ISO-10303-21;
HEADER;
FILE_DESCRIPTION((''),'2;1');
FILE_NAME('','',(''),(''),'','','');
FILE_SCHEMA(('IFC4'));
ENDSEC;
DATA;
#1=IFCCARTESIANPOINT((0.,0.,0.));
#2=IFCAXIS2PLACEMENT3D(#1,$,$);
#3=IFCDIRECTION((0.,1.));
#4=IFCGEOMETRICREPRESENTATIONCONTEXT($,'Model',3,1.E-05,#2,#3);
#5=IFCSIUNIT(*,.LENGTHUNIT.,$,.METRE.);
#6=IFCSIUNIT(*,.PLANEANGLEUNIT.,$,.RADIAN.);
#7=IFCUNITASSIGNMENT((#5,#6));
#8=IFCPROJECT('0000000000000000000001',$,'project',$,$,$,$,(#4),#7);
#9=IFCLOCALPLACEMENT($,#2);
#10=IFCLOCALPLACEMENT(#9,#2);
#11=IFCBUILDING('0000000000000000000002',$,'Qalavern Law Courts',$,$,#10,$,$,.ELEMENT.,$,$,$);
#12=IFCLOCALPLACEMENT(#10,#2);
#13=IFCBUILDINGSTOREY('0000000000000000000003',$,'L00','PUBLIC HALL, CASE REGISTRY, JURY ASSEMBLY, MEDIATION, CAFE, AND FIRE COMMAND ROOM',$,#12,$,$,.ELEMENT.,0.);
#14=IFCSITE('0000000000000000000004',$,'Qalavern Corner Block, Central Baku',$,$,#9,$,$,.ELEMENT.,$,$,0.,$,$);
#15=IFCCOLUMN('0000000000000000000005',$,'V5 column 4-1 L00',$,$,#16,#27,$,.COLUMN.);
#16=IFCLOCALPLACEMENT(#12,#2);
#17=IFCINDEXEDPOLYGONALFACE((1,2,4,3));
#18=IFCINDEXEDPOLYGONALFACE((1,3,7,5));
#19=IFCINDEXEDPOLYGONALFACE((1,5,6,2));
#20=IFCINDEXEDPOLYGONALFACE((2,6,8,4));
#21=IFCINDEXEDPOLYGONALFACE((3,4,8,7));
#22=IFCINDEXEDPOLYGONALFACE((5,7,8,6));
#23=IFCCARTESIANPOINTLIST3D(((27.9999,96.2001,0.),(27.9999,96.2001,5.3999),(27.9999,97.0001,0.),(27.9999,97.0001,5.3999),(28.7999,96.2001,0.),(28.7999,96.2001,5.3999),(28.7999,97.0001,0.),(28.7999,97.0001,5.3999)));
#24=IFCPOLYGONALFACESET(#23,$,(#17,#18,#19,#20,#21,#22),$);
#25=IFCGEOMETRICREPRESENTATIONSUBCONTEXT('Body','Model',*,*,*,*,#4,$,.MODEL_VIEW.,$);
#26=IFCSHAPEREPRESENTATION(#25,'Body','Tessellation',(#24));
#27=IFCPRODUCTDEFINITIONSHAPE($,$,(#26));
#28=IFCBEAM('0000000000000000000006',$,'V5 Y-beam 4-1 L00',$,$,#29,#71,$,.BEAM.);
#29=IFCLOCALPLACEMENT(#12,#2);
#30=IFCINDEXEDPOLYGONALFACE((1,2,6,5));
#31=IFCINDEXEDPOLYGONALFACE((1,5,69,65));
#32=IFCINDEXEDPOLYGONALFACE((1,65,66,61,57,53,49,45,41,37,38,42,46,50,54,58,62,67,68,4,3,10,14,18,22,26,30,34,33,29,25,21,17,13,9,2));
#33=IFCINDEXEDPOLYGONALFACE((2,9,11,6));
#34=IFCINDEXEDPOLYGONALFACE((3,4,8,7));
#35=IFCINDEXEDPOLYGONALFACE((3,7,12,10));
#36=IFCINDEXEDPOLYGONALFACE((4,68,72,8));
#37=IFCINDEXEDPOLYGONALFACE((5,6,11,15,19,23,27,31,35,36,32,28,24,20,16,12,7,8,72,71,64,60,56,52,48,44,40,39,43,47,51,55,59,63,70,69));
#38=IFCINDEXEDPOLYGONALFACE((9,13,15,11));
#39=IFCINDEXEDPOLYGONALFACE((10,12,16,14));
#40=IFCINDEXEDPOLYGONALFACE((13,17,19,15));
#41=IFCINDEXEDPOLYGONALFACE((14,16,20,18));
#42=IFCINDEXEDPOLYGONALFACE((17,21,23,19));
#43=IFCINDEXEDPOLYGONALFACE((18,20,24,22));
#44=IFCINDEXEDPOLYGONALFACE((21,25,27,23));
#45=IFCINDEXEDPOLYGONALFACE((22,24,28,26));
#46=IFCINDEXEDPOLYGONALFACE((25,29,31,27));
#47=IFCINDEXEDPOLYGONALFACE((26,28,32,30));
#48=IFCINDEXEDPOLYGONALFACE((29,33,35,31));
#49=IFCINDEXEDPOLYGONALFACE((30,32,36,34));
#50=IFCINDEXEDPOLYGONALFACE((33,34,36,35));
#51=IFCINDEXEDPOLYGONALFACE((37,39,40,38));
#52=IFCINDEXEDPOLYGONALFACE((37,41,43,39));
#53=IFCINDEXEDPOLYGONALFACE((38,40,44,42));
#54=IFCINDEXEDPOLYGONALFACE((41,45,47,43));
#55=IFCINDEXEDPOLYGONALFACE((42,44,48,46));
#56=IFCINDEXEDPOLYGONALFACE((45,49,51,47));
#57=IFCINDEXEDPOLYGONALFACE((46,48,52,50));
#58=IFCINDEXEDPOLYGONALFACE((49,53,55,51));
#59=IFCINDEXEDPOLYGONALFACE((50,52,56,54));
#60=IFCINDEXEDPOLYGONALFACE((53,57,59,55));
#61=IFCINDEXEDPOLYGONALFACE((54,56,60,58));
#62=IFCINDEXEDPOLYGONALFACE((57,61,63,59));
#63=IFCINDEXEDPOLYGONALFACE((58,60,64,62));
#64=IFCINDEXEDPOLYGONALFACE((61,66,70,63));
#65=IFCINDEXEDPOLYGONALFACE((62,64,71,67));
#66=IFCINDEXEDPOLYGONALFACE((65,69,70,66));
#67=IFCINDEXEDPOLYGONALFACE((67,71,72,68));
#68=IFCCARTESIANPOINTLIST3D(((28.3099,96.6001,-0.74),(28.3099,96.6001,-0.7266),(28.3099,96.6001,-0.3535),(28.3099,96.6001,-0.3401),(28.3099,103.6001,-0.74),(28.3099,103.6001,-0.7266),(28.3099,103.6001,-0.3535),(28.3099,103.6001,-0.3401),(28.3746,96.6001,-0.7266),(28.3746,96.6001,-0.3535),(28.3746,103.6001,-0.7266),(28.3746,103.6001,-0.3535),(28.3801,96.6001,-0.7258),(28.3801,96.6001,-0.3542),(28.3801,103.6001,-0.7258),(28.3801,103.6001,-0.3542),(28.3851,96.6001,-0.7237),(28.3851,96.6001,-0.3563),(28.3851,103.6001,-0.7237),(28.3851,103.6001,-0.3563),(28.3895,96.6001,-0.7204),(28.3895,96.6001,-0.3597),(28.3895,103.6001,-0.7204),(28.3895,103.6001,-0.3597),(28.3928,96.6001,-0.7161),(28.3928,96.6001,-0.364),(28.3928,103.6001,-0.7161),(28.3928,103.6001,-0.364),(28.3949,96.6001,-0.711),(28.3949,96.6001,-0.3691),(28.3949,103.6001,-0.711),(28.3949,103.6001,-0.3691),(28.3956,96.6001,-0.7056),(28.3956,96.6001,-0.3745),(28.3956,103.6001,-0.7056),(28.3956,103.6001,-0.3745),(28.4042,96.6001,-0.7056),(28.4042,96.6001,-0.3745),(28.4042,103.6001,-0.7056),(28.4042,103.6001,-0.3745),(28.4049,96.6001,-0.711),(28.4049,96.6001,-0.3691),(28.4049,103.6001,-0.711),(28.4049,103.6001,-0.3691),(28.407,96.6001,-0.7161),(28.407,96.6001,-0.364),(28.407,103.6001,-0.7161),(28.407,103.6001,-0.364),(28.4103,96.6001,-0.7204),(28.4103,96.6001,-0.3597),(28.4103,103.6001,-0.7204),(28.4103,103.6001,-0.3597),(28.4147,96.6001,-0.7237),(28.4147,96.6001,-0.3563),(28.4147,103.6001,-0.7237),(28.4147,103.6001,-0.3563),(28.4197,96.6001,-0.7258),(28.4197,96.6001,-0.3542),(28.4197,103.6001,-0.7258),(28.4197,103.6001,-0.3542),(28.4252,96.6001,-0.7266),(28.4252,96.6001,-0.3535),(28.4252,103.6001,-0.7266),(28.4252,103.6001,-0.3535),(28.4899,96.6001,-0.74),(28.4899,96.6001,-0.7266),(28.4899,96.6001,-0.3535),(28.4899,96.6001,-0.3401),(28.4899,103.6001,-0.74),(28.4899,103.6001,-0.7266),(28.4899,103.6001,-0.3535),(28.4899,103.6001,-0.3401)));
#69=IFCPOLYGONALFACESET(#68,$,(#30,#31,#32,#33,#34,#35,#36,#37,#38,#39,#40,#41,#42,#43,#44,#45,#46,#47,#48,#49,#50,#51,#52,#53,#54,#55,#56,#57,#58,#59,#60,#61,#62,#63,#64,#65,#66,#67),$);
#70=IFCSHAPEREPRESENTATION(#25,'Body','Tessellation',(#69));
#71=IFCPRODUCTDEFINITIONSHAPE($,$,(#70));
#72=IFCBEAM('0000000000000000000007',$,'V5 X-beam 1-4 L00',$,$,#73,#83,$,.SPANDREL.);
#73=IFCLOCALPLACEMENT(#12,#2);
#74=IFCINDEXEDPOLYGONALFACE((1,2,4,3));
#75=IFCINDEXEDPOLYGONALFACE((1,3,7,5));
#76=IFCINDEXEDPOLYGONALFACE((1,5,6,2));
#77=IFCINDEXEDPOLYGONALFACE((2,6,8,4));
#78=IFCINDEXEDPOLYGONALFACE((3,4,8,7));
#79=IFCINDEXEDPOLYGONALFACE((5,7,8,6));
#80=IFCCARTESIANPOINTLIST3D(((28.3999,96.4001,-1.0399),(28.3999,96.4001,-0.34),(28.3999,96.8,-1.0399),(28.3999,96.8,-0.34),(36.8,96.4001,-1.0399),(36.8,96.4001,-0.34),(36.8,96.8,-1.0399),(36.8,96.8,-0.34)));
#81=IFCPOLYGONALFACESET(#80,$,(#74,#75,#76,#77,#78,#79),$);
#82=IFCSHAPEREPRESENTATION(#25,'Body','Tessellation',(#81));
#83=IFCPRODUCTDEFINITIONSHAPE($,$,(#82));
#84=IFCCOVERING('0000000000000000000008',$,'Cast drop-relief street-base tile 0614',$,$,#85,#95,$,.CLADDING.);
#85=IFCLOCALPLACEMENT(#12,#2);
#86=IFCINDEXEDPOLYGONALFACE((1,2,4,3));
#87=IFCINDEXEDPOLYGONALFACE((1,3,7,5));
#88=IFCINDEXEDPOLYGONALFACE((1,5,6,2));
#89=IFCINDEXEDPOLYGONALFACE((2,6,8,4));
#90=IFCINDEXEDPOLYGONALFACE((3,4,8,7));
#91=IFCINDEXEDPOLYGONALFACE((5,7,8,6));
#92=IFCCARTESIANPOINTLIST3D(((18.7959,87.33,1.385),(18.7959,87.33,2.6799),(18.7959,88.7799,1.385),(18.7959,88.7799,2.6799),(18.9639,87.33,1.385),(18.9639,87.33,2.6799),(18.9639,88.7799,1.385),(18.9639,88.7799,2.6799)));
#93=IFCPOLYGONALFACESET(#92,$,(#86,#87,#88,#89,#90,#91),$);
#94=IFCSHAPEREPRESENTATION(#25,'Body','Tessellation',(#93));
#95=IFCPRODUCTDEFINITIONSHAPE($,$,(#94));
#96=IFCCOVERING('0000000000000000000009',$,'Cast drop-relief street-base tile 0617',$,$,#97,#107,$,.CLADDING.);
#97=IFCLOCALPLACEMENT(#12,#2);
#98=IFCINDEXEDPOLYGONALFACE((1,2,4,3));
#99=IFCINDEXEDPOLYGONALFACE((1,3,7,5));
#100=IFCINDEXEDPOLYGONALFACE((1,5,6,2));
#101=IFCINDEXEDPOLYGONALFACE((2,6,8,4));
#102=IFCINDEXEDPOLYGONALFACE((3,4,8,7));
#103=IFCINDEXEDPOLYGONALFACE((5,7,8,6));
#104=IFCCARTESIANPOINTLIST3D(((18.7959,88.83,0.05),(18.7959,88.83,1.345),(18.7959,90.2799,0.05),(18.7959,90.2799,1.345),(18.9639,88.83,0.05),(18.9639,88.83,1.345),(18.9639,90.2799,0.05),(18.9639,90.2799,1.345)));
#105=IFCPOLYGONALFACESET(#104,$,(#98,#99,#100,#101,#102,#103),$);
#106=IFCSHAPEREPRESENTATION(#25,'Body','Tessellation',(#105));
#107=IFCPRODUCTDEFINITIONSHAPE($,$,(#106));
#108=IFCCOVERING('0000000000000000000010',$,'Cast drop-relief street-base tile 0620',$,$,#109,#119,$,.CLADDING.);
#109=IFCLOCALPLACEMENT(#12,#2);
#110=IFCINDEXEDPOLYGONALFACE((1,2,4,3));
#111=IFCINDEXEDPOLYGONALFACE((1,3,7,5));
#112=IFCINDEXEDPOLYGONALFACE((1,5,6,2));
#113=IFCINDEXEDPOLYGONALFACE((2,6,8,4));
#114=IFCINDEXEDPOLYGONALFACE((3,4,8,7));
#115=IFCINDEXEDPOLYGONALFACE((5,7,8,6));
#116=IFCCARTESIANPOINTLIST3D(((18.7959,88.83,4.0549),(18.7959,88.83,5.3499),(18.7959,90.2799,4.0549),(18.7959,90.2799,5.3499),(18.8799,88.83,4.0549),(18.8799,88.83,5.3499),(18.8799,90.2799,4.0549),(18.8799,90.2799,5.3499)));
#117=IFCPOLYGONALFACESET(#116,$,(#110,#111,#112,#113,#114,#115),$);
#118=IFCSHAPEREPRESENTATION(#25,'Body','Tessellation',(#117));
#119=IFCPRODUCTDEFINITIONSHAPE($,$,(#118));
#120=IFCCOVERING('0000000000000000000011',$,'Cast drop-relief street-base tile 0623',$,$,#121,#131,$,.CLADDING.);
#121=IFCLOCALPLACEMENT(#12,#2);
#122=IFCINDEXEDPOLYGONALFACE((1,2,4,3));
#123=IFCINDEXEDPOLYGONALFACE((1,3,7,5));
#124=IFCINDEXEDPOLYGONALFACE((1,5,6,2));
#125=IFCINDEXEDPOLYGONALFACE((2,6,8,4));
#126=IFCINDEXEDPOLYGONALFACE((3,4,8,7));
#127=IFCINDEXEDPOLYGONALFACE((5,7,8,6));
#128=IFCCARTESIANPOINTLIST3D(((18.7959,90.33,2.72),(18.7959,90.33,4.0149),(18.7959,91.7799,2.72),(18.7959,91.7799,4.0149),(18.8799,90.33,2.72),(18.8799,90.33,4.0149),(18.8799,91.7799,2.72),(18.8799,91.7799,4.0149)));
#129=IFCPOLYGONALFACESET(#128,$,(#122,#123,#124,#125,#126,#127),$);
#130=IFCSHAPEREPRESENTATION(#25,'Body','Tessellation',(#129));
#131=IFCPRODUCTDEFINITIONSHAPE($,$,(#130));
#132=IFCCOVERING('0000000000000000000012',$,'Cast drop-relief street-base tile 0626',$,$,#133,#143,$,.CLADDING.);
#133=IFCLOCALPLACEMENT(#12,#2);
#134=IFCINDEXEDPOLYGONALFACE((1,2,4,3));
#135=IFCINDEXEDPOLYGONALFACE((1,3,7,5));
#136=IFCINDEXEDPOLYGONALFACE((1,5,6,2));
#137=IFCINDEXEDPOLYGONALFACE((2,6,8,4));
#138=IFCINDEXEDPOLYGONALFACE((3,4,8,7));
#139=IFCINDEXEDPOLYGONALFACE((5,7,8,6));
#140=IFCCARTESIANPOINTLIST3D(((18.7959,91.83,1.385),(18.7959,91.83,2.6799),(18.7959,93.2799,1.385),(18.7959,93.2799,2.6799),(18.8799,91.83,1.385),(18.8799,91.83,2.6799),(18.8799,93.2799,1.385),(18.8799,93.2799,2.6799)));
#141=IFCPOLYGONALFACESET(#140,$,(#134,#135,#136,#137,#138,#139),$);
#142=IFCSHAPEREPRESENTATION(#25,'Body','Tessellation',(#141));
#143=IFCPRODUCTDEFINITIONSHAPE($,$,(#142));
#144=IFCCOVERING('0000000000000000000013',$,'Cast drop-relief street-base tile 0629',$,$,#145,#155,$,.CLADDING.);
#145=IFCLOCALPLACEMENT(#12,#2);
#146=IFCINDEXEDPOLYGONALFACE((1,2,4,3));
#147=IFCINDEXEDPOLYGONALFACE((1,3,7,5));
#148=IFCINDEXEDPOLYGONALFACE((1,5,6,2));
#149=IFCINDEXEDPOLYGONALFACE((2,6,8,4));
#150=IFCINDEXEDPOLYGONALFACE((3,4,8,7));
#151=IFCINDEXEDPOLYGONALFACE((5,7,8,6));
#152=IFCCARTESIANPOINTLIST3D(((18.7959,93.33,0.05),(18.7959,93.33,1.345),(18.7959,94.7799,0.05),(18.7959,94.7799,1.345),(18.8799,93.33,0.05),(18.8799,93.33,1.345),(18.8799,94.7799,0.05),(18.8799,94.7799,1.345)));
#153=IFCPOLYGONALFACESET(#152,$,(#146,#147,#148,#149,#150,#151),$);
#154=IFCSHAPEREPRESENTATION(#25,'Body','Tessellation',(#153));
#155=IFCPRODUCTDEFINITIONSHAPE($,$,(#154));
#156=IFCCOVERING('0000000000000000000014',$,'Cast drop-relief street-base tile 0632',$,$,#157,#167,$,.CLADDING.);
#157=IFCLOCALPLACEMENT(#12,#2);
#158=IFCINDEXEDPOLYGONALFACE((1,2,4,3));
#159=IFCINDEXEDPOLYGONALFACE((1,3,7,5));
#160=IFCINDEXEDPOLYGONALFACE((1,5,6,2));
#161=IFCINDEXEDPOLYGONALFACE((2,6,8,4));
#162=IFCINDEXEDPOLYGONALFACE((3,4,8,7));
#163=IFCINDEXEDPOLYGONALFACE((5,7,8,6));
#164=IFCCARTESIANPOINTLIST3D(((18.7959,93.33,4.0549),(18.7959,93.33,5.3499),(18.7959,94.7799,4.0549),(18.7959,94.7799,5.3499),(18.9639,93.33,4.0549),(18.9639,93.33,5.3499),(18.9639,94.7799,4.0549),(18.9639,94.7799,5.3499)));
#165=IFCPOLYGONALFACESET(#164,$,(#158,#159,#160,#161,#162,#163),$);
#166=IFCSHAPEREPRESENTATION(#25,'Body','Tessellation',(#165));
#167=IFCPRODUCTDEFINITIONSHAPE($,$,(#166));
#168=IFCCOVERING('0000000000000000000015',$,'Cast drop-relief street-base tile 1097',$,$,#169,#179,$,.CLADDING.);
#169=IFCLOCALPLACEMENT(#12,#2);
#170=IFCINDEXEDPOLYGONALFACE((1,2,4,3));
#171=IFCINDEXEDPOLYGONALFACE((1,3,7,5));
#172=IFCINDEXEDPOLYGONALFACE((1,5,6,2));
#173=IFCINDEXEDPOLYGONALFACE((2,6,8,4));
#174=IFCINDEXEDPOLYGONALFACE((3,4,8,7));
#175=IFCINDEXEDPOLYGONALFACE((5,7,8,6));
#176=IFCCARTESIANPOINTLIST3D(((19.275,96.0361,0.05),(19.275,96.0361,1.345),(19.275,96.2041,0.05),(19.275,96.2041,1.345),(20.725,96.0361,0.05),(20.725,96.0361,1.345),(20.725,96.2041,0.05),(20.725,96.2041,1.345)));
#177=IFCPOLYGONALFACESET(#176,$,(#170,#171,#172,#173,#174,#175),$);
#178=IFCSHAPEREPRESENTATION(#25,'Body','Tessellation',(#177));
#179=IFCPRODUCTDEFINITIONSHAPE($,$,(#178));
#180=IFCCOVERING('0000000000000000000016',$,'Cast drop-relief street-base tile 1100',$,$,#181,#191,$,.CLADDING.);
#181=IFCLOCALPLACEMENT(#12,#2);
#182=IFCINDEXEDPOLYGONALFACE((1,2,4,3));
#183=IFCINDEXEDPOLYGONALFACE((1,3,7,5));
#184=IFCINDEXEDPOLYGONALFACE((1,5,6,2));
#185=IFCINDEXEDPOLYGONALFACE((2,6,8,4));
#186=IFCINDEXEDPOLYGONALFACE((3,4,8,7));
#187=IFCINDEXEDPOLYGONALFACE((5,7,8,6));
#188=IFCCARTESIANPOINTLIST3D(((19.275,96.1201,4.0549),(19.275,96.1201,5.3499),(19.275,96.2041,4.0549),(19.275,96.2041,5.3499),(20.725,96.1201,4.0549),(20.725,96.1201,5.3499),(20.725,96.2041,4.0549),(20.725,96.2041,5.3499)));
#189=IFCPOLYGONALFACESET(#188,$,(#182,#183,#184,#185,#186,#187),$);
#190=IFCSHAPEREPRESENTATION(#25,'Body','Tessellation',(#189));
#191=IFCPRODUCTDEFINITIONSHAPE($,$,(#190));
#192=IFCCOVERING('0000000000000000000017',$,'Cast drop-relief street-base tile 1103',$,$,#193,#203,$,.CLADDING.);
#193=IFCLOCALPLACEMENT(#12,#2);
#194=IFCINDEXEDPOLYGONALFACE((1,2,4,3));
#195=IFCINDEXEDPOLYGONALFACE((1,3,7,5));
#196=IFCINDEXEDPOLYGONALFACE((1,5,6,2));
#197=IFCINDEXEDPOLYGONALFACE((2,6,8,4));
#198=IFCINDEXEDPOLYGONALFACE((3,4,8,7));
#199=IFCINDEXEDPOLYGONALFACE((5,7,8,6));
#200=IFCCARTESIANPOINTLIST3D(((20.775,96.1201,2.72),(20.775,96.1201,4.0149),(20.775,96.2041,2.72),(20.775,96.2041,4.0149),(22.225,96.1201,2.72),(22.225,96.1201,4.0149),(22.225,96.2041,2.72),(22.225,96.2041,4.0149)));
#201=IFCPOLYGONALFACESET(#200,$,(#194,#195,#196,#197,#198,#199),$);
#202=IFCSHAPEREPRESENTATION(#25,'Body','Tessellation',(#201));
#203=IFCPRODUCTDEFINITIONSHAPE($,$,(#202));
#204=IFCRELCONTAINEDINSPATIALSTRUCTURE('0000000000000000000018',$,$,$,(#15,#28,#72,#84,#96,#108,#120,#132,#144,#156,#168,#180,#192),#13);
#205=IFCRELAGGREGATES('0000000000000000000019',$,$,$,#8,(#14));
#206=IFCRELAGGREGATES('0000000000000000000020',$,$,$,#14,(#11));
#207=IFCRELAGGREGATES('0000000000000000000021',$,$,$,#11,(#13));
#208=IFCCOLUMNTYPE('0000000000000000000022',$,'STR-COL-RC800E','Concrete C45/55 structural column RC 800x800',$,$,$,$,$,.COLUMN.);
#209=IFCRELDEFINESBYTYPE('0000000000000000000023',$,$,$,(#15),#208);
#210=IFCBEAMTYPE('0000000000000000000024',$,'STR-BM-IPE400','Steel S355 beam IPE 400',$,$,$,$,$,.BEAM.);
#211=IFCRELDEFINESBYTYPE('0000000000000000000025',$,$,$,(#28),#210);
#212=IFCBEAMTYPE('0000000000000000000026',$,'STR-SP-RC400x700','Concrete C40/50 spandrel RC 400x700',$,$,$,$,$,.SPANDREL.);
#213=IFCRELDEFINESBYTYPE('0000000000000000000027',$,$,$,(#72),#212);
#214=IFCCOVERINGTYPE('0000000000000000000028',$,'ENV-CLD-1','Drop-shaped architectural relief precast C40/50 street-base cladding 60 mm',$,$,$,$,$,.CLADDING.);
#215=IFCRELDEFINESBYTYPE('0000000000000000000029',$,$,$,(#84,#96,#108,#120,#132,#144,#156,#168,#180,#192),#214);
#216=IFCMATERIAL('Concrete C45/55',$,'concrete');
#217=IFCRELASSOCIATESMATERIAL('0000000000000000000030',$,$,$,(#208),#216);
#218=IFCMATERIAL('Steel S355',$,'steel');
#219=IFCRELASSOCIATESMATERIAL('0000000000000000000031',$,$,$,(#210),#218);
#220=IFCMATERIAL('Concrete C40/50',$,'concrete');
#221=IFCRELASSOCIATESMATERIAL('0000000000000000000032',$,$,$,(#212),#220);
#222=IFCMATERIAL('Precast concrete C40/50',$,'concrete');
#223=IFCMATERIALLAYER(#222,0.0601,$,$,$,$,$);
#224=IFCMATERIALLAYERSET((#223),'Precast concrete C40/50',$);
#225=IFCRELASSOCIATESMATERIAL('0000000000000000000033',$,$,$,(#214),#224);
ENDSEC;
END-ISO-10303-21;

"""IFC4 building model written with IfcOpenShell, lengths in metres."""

from ifc_helpers import new_model, si_unit, direction, frame, origin, origin_2d, place, context, subcontext, project, spatial, rectangle, i_section, extrude, material, layer, layer_set, material_profile, profile_set, type_object, element, save


model = new_model("IFC4")

# Units and contexts
model_context = context("Model", 3, precision=1e-05, world=origin(), true_north=direction((0.0, 1.0)))
body_context = subcontext(model_context, "Body", "Model", "MODEL_VIEW")
ifc_project = project(units=[si_unit("LENGTHUNIT", "METRE"), si_unit("PLANEANGLEUNIT", "RADIAN")], contexts=[model_context])

# Site, building, storey
site_placement = place(None, origin())
site = spatial("IfcSite", under=ifc_project, at=site_placement, Name="Qalavern Corner Block, Central Baku", CompositionType="ELEMENT", RefElevation=0.0)
building_placement = place(site_placement, origin())
building = spatial("IfcBuilding", under=site, at=building_placement, Name="Qalavern Law Courts", CompositionType="ELEMENT")
storey_placement = place(building_placement, origin())
storey = spatial("IfcBuildingStorey", under=building, at=storey_placement, Name="L00", Description="PUBLIC HALL, CASE REGISTRY, JURY ASSEMBLY, MEDIATION, CAFE, AND FIRE COMMAND ROOM", CompositionType="ELEMENT", Elevation=0.0)

# Column
ifc_material_1 = material(Name="Concrete C45/55", Category="concrete")
ifc_material_profile_1 = material_profile(ifc_material_1, rectangle(XDim=0.8, YDim=0.8, at=origin_2d()), Name="RC 800x800")
ifc_profile_set_1 = profile_set([ifc_material_profile_1], Name="Concrete C45/55")
column_type = type_object("IfcColumnType", Name="STR-COL-RC800E", Description="Concrete C45/55 structural column RC 800x800", PredefinedType="COLUMN", material=ifc_profile_set_1)
column_placement = place(storey_placement, frame((28.3999, 96.6001, 0.0), z_axis=(0.0, 0.0, 1.0), x_axis=(1.0, 0.0, 0.0)))
element("IfcColumn", 1, at=column_placement, inside=storey, type_object=column_type, Name="V5 column 4-1 L00", PredefinedType="COLUMN", context=body_context, shape_type="SweptSolid", body=[
    extrude(rectangle(XDim=0.8, YDim=0.8, at=origin_2d()), origin(), (0.0, 0.0, 1.0), 5.3999),
])

# Beams
ifc_material_2 = material(Name="Steel S355", Category="steel")
ifc_material_profile_2 = material_profile(ifc_material_2, i_section(OverallWidth=0.1799, OverallDepth=0.3999, WebThickness=0.0085, FlangeThickness=0.0134, FilletRadius=0.021, at=origin_2d()), Name="IPE 400")
ifc_profile_set_2 = profile_set([ifc_material_profile_2], Name="Steel S355")
beam_type_1 = type_object("IfcBeamType", Name="STR-BM-IPE400", Description="Steel S355 beam IPE 400", PredefinedType="BEAM", material=ifc_profile_set_2)
beam_1_placement = place(storey_placement, frame((28.3999, 96.6001, -0.54), z_axis=(0.0, 1.0, 0.0), x_axis=(-1.0, 0.0, 0.0)))
element("IfcBeam", 2, at=beam_1_placement, inside=storey, type_object=beam_type_1, Name="V5 Y-beam 4-1 L00", PredefinedType="BEAM", context=body_context, shape_type="SweptSolid", body=[
    extrude(i_section(OverallWidth=0.1799, OverallDepth=0.3999, WebThickness=0.0085, FlangeThickness=0.0134, FilletRadius=0.021, at=origin_2d()), origin(), (0.0, 0.0, 1.0), 7.0),
])
ifc_material_3 = material(Name="Concrete C40/50", Category="concrete")
ifc_material_profile_3 = material_profile(ifc_material_3, rectangle(XDim=0.3999, YDim=0.7, at=origin_2d()), Name="RC 400x700")
ifc_profile_set_3 = profile_set([ifc_material_profile_3], Name="Concrete C40/50")
beam_type_2 = type_object("IfcBeamType", Name="STR-SP-RC400x700", Description="Concrete C40/50 spandrel RC 400x700", PredefinedType="SPANDREL", material=ifc_profile_set_3)
beam_2_placement = place(storey_placement, frame((28.3999, 96.6001, -0.6899), z_axis=(1.0, 0.0, 0.0), x_axis=(0.0, 1.0, 0.0)))
element("IfcBeam", 3, at=beam_2_placement, inside=storey, type_object=beam_type_2, Name="V5 X-beam 1-4 L00", PredefinedType="SPANDREL", context=body_context, shape_type="SweptSolid", body=[
    extrude(rectangle(XDim=0.3999, YDim=0.7, at=origin_2d()), origin(), (0.0, 0.0, 1.0), 8.4001),
])

# Coverings
ifc_material_4 = material(Name="Precast concrete C40/50", Category="concrete")
ifc_layer_1 = layer(ifc_material_4, 0.0601)
ifc_layer_set_1 = layer_set([ifc_layer_1], Name="Precast concrete C40/50")
covering_type_1 = type_object("IfcCoveringType", Name="ENV-CLD-1", Description="Drop-shaped architectural relief precast C40/50 street-base cladding 60 mm", PredefinedType="CLADDING", material=ifc_layer_set_1)
for number, where, z_axis, x_axis, name in (
    (4, (18.8799, 88.0549, 1.385), (0.0, 0.0, 1.0), (0.0, 1.0, 0.0), "Cast drop-relief street-base tile 0614"),
    (5, (18.8799, 89.5549, 0.05), (0.0, 0.0, 1.0), (0.0, 1.0, 0.0), "Cast drop-relief street-base tile 0617"),
):
    element("IfcCovering", number, at=place(storey_placement, frame(where, z_axis=z_axis, x_axis=x_axis)), inside=storey, type_object=covering_type_1, Name=name, PredefinedType="CLADDING", context=body_context, shape_type="SweptSolid", body=[
        extrude(rectangle(XDim=1.45, YDim=0.168, at=origin_2d()), origin(), (0.0, 0.0, 1.0), 1.2949),
    ])
for number, where, z_axis, x_axis, name in (
    (6, (18.8379, 89.5549, 4.0549), (0.0, 0.0, 1.0), (0.0, 1.0, 0.0), "Cast drop-relief street-base tile 0620"),
    (7, (18.8379, 91.0549, 2.72), (0.0, 0.0, 1.0), (0.0, 1.0, 0.0), "Cast drop-relief street-base tile 0623"),
    (8, (18.8379, 92.5549, 1.385), (0.0, 0.0, 1.0), (0.0, 1.0, 0.0), "Cast drop-relief street-base tile 0626"),
    (9, (18.8379, 94.0549, 0.05), (0.0, 0.0, 1.0), (0.0, 1.0, 0.0), "Cast drop-relief street-base tile 0629"),
):
    element("IfcCovering", number, at=place(storey_placement, frame(where, z_axis=z_axis, x_axis=x_axis)), inside=storey, type_object=covering_type_1, Name=name, PredefinedType="CLADDING", context=body_context, shape_type="SweptSolid", body=[
        extrude(rectangle(XDim=1.45, YDim=0.084, at=origin_2d()), origin(), (0.0, 0.0, 1.0), 1.2949),
    ])
for number, where, z_axis, x_axis, name in (
    (10, (18.8799, 94.0549, 4.0549), (0.0, 0.0, 1.0), (0.0, 1.0, 0.0), "Cast drop-relief street-base tile 0632"),
    (11, (20.0, 96.1201, 0.05), (0.0, 0.0, 1.0), (1.0, 0.0, 0.0), "Cast drop-relief street-base tile 1097"),
):
    element("IfcCovering", number, at=place(storey_placement, frame(where, z_axis=z_axis, x_axis=x_axis)), inside=storey, type_object=covering_type_1, Name=name, PredefinedType="CLADDING", context=body_context, shape_type="SweptSolid", body=[
        extrude(rectangle(XDim=1.45, YDim=0.168, at=origin_2d()), origin(), (0.0, 0.0, 1.0), 1.2949),
    ])
for number, where, z_axis, x_axis, name in (
    (12, (20.0, 96.1621, 4.0549), (0.0, 0.0, 1.0), (1.0, 0.0, 0.0), "Cast drop-relief street-base tile 1100"),
    (13, (21.5, 96.1621, 2.72), (0.0, 0.0, 1.0), (1.0, 0.0, 0.0), "Cast drop-relief street-base tile 1103"),
):
    element("IfcCovering", number, at=place(storey_placement, frame(where, z_axis=z_axis, x_axis=x_axis)), inside=storey, type_object=covering_type_1, Name=name, PredefinedType="CLADDING", context=body_context, shape_type="SweptSolid", body=[
        extrude(rectangle(XDim=1.45, YDim=0.084, at=origin_2d()), origin(), (0.0, 0.0, 1.0), 1.2949),
    ])

save(model, "model.ifc")
